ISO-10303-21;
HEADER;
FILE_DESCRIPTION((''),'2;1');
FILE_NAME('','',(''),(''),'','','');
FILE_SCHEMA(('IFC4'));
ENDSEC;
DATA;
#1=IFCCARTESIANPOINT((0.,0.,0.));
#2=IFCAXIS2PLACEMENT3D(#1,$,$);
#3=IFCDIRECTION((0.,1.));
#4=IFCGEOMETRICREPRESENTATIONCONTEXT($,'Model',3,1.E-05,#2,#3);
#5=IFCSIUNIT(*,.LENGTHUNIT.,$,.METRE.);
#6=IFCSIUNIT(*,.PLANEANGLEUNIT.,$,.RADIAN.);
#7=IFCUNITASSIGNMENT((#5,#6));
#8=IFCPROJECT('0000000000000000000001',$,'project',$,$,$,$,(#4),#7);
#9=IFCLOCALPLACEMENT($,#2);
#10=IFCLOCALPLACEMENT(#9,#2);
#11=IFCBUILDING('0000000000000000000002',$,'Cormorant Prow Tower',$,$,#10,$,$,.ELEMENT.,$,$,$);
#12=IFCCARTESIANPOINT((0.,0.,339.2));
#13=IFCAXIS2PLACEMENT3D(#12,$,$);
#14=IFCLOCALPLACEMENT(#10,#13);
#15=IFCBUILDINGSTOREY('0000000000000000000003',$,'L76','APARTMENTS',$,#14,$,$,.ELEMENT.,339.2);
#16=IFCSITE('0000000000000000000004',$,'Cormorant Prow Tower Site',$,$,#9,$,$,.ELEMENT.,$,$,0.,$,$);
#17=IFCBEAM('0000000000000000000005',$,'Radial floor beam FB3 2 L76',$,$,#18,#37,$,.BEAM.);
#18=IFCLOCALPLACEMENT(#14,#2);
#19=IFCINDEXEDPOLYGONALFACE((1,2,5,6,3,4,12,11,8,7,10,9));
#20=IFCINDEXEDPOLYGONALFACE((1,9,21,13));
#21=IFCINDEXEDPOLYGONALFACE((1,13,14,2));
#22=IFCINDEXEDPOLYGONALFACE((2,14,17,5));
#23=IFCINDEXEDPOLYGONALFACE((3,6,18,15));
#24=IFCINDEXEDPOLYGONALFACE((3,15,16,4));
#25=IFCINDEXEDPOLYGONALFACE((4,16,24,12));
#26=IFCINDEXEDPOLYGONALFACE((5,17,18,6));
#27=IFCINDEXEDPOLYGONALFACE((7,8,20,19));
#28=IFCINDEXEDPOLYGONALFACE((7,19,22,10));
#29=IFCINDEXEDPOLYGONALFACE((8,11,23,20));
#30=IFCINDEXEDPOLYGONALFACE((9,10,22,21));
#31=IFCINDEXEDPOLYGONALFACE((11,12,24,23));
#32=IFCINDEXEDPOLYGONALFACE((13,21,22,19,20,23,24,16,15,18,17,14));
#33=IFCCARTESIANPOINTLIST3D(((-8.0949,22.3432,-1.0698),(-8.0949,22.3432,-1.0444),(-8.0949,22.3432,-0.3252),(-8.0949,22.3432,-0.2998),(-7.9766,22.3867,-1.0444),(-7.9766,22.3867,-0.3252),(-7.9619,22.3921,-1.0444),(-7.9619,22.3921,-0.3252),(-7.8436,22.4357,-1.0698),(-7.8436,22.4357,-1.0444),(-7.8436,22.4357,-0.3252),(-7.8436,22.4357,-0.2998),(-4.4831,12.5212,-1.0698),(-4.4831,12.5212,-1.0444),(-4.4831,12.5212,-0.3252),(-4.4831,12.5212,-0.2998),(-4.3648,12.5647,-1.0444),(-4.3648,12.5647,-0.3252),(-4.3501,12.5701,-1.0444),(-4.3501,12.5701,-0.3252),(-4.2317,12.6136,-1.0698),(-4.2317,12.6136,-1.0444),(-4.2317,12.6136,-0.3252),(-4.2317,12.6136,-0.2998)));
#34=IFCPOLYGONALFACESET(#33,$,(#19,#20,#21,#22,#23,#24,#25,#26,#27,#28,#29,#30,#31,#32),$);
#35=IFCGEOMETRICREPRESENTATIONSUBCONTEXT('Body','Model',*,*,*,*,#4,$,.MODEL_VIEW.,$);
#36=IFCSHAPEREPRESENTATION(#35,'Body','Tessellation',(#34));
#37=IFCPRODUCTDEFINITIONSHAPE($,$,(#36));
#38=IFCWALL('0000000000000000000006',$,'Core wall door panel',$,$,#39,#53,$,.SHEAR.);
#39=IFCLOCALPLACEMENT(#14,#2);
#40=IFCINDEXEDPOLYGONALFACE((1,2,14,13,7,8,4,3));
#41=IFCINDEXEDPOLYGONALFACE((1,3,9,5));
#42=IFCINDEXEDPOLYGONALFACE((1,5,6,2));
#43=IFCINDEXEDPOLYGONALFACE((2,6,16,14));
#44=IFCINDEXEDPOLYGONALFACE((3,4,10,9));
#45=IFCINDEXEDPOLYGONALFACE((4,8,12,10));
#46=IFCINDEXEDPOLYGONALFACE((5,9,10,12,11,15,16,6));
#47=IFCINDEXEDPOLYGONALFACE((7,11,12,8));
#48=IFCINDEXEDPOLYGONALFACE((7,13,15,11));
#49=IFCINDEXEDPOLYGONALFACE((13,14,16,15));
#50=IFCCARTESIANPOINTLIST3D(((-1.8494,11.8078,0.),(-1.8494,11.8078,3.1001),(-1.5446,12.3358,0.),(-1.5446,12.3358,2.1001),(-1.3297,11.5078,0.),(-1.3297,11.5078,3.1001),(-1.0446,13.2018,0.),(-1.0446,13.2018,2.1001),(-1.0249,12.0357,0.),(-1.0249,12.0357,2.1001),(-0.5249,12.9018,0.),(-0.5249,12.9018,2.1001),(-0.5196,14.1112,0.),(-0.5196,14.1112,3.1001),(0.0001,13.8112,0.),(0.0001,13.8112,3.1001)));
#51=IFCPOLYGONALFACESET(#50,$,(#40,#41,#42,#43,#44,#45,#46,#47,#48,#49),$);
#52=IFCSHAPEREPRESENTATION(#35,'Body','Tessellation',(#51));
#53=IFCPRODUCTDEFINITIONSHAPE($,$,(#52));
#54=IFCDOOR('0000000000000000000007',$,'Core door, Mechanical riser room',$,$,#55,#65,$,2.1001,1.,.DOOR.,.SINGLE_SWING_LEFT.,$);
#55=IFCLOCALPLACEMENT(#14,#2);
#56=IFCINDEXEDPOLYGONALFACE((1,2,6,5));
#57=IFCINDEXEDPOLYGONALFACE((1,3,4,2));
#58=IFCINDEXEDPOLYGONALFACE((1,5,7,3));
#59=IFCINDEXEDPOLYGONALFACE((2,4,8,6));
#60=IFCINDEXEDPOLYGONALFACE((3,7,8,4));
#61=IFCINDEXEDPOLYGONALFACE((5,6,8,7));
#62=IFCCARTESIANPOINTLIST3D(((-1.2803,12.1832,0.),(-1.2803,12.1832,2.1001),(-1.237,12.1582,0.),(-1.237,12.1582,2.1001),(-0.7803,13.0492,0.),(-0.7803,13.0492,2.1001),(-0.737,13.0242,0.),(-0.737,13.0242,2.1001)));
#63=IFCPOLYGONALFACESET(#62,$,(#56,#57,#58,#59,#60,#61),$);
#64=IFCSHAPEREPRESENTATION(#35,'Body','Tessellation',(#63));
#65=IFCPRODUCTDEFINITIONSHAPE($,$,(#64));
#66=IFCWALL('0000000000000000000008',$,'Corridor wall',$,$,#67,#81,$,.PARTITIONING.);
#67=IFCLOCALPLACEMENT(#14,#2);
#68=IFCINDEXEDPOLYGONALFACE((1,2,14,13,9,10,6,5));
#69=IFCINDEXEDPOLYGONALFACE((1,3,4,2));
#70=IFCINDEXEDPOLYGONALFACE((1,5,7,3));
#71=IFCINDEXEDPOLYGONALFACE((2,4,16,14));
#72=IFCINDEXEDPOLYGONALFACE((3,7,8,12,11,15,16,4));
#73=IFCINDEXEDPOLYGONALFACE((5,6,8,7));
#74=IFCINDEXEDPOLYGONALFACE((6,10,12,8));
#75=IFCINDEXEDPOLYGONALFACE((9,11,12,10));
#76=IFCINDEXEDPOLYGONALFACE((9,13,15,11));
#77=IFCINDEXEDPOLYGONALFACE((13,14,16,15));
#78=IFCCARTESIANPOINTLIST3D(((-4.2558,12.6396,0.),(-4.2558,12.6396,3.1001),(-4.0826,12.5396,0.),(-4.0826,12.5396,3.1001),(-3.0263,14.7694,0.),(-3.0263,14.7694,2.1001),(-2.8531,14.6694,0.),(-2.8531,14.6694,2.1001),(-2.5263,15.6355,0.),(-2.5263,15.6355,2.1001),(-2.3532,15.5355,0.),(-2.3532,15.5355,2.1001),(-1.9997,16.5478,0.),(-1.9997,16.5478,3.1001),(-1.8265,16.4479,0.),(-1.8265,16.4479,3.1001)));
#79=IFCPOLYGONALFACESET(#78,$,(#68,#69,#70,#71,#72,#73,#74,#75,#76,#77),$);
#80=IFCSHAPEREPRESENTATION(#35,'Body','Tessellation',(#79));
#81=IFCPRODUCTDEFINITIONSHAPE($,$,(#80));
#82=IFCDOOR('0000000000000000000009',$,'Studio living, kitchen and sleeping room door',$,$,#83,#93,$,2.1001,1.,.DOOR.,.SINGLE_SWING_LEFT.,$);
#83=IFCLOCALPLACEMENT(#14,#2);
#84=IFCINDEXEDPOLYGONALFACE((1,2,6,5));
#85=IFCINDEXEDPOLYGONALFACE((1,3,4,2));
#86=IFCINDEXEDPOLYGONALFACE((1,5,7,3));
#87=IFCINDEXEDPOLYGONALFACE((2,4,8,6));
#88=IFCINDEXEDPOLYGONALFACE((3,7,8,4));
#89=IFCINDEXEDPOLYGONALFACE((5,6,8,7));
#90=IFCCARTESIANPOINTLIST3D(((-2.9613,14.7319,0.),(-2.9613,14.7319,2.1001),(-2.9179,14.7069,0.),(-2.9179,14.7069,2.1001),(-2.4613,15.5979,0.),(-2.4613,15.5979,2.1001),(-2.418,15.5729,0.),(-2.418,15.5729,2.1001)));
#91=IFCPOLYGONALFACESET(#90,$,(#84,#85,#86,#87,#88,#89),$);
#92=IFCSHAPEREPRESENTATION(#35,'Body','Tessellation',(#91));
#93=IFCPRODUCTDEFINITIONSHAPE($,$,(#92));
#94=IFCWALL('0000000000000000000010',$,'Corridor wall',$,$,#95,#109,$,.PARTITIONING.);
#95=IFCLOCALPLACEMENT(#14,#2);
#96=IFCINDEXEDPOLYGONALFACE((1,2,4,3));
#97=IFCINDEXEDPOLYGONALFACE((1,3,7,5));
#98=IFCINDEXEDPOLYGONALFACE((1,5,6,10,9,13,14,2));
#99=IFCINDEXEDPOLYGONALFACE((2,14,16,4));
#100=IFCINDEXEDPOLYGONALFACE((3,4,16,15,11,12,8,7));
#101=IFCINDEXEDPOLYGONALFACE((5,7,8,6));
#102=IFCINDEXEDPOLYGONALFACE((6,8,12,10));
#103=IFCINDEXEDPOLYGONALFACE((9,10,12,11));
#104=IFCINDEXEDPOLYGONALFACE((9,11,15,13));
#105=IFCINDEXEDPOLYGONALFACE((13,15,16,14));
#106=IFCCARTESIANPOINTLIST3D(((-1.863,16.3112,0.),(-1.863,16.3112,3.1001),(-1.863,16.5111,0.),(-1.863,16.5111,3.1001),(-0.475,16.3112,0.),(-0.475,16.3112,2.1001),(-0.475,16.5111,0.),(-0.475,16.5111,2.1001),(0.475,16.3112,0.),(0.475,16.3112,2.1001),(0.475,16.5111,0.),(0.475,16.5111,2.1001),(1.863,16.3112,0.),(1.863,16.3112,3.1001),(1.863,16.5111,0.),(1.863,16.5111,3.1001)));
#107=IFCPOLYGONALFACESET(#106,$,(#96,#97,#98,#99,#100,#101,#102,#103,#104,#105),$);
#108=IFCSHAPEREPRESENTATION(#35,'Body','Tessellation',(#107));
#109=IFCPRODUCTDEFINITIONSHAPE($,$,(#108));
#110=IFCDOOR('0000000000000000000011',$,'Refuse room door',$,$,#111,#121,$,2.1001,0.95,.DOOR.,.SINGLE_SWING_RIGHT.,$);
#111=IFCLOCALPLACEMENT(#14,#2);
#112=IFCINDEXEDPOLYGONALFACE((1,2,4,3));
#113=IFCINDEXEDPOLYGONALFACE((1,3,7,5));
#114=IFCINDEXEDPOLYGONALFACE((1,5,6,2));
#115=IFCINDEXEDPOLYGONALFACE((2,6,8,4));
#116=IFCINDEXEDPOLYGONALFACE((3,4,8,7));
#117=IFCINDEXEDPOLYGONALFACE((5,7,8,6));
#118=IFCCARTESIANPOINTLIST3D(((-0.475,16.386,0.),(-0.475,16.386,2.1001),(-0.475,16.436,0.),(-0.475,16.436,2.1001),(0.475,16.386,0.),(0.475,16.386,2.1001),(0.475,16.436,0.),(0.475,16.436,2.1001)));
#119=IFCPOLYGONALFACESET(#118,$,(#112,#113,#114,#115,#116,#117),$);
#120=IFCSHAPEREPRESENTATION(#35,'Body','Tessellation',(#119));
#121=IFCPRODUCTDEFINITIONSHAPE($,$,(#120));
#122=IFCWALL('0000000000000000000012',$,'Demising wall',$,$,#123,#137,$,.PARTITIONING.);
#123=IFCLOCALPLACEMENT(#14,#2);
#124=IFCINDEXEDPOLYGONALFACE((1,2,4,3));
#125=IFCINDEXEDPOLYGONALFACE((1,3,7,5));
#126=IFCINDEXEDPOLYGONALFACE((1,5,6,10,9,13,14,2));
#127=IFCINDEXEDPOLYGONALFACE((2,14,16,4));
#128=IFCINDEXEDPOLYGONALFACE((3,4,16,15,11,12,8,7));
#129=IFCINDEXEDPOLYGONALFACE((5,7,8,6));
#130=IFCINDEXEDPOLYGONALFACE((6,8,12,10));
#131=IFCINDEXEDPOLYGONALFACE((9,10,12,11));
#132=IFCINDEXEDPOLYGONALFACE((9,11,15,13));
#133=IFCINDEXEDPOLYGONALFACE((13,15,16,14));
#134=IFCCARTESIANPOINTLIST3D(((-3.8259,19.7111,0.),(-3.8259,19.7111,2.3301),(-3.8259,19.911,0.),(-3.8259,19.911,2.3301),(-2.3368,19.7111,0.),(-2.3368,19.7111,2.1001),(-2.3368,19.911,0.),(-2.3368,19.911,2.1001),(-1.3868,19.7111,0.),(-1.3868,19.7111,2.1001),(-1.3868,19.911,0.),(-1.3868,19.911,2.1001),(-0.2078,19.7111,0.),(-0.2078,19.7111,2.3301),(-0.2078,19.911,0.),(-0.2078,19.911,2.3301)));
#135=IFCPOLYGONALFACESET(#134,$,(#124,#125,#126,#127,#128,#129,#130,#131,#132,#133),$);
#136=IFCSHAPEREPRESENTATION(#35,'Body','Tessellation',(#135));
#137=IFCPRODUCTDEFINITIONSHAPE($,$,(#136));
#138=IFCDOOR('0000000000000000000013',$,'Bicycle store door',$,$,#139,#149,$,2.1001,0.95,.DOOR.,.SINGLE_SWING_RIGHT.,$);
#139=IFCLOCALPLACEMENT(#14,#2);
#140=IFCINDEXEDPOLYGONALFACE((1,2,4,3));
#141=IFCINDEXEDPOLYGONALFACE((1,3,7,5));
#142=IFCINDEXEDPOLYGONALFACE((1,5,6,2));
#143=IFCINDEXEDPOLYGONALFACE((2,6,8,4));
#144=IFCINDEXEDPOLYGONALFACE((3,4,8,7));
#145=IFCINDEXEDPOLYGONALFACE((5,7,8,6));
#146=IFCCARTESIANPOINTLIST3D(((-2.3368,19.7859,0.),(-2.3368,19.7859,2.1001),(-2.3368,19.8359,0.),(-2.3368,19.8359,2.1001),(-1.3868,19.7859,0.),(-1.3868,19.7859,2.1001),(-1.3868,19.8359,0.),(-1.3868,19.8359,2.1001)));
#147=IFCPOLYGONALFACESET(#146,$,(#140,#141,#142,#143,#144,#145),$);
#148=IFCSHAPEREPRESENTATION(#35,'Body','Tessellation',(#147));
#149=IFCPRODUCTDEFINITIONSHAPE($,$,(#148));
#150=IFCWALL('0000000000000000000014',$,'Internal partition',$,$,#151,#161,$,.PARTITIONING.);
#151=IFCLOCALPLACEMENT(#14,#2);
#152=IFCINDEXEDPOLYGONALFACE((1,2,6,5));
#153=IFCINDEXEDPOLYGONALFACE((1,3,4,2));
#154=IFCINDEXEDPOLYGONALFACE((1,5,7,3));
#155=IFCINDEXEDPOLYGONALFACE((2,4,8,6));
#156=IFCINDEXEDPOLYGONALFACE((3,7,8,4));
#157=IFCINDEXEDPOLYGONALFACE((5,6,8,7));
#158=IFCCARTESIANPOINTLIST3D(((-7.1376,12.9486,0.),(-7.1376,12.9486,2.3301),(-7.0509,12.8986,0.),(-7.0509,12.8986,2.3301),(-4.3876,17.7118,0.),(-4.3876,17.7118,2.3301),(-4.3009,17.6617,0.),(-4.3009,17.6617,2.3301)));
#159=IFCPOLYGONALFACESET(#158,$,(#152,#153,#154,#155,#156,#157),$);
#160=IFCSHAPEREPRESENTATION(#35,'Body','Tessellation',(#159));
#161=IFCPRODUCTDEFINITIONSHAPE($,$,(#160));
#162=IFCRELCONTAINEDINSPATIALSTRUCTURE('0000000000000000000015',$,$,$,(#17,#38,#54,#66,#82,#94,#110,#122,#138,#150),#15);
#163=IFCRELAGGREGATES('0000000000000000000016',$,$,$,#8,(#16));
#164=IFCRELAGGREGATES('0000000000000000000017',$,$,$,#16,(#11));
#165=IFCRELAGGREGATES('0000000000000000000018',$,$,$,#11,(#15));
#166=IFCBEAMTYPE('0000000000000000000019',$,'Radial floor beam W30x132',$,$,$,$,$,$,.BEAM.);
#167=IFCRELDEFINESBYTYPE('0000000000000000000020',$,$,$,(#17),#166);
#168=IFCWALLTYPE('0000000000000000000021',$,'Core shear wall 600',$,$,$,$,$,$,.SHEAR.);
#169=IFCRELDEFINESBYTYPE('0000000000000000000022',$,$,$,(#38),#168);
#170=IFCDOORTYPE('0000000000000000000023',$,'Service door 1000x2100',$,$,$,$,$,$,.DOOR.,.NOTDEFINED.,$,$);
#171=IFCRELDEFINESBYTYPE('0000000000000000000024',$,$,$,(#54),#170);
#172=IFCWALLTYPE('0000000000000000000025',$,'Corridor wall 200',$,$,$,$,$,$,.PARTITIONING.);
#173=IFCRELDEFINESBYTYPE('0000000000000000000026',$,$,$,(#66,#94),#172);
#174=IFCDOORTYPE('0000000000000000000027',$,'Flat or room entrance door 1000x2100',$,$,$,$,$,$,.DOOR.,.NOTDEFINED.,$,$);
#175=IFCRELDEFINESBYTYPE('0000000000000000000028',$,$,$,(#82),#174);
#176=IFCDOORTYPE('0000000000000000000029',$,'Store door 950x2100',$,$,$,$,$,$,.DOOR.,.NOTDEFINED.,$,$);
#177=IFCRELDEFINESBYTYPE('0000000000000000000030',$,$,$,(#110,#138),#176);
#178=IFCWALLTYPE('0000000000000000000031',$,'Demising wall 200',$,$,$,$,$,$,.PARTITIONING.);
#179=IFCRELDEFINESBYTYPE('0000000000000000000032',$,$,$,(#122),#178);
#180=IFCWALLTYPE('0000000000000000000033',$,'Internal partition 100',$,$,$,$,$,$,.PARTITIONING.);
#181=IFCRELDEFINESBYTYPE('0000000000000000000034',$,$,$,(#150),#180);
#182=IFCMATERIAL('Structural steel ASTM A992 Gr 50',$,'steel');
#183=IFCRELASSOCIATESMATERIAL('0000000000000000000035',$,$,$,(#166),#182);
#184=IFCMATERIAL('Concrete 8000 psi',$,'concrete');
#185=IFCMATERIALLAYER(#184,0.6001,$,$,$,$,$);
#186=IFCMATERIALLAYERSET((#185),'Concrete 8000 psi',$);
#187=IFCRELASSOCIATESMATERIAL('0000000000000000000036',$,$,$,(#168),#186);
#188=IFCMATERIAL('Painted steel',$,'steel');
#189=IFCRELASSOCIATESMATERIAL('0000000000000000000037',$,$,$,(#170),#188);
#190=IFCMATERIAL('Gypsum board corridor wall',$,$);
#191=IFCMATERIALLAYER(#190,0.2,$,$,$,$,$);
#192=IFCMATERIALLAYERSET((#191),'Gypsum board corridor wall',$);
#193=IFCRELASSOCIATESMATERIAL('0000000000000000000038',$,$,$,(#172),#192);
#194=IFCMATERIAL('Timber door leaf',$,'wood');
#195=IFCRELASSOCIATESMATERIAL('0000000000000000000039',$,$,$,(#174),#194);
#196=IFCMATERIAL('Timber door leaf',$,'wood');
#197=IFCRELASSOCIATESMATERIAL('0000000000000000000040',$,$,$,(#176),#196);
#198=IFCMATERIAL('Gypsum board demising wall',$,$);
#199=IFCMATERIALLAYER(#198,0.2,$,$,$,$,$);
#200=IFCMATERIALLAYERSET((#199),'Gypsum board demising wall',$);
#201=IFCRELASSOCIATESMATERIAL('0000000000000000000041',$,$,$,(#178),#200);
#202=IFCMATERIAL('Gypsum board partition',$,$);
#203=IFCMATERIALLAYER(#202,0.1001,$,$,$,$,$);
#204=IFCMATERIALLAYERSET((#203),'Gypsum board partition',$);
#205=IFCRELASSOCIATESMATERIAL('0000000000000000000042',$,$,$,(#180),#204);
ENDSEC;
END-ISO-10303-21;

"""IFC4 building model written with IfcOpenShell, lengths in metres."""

from ifc_helpers import new_model, si_unit, direction, frame, frame_2d, origin, origin_2d, place, context, subcontext, project, spatial, rectangle, i_section, extrude, material, layer, layer_set, material_profile, profile_set, type_object, element, fill, save


model = new_model("IFC4")

# Units and contexts
model_context = context("Model", 3, precision=1e-05, world=origin(), true_north=direction((0.0, 1.0)))
body_context = subcontext(model_context, "Body", "Model", "MODEL_VIEW")
ifc_project = project(units=[si_unit("LENGTHUNIT", "METRE"), si_unit("PLANEANGLEUNIT", "RADIAN")], contexts=[model_context])

# Site, building, storey
site_placement = place(None, origin())
site = spatial("IfcSite", under=ifc_project, at=site_placement, Name="Cormorant Prow Tower Site", CompositionType="ELEMENT", RefElevation=0.0)
building_placement = place(site_placement, origin())
building = spatial("IfcBuilding", under=site, at=building_placement, Name="Cormorant Prow Tower", CompositionType="ELEMENT")
storey_placement = place(building_placement, frame((0.0, 0.0, 339.2)))
storey = spatial("IfcBuildingStorey", under=building, at=storey_placement, Name="L76", Description="APARTMENTS", CompositionType="ELEMENT", Elevation=339.2)

# Beam
ifc_material_1 = material(Name="Structural steel ASTM A992 Gr 50", Category="steel")
ifc_material_profile = material_profile(ifc_material_1, i_section(OverallWidth=0.2678, OverallDepth=0.77, WebThickness=0.0156, FlangeThickness=0.0254, at=origin_2d()), Name="W30x132")
ifc_profile_set = profile_set([ifc_material_profile], Name="Structural steel ASTM A992 Gr 50")
beam_type = type_object("IfcBeamType", Name="Radial floor beam W30x132", PredefinedType="BEAM", material=ifc_profile_set)
beam_placement = place(storey_placement, frame((-4.3574, 12.5674, -0.6848), z_axis=(-0.345131, 0.938554, 0.0), x_axis=(-0.938554, -0.345131, 0.0)))
element("IfcBeam", 1, at=beam_placement, inside=storey, type_object=beam_type, Name="Radial floor beam FB3 2 L76", PredefinedType="BEAM", context=body_context, shape_type="SweptSolid", body=[
    extrude(i_section(OverallWidth=0.2678, OverallDepth=0.77, WebThickness=0.0156, FlangeThickness=0.0254, at=origin_2d()), origin(), (0.0, 0.0, 1.0), 10.4651),
])

# Walls, openings, doors
ifc_material_2 = material(Name="Concrete 8000 psi", Category="concrete")
ifc_layer_1 = layer(ifc_material_2, 0.6001)
ifc_layer_set_1 = layer_set([ifc_layer_1], Name="Concrete 8000 psi")
wall_type_1 = type_object("IfcWallType", Name="Core shear wall 600", PredefinedType="SHEAR", material=ifc_layer_set_1)
wall_1_placement = place(storey_placement, frame((-0.2598, 13.9612, 0.0), z_axis=(0.0, 0.0, 1.0), x_axis=(-0.499979, -0.866037, 0.0)))
wall_1 = element("IfcWall", 2, at=wall_1_placement, inside=storey, type_object=wall_type_1, Name="Core wall door panel", PredefinedType="SHEAR", context=body_context, shape_type="SweptSolid", body=[
    extrude(rectangle(XDim=2.6597, YDim=0.6001, at=frame_2d((1.3298, 0.0))), origin(), (0.0, 0.0, 1.0), 3.1001),
])
opening_1_placement = place(wall_1_placement, frame((1.05, 0.0, 0.0)))
opening_1 = element("IfcOpeningElement", 3, at=opening_1_placement, cuts=wall_1, PredefinedType="OPENING", context=body_context, shape_type="SweptSolid", body=[
    extrude(rectangle(XDim=1.0, YDim=2.1001, at=frame_2d((0.5, 1.05))), frame((0.0, 0.3101, 0.0), z_axis=(0.0, -1.0, 0.0), x_axis=(1.0, 0.0, 0.0)), (0.0, 0.0, 1.0), 0.6201),
])
ifc_material_3 = material(Name="Painted steel", Category="steel")
door_type_1 = type_object("IfcDoorType", Name="Service door 1000x2100", OperationType="NOTDEFINED", PredefinedType="DOOR", material=ifc_material_3)
door_1_placement = place(opening_1_placement, origin())
door_1 = element("IfcDoor", 4, at=door_1_placement, inside=storey, type_object=door_type_1, Name="Core door, Mechanical riser room", OperationType="SINGLE_SWING_LEFT", OverallHeight=2.1001, OverallWidth=1.0, PredefinedType="DOOR", context=body_context, shape_type="SweptSolid", body=[
    extrude(rectangle(XDim=1.0, YDim=2.1001, at=frame_2d((0.5, 1.05))), frame((0.0, 0.0552, 0.0), z_axis=(0.0, -1.0, 0.0), x_axis=(1.0, 0.0, 0.0)), (0.0, 0.0, 1.0), 0.05),
])
fill(opening_1, door_1)
ifc_material_4 = material(Name="Gypsum board corridor wall")
ifc_layer_2 = layer(ifc_material_4, 0.2)
ifc_layer_set_2 = layer_set([ifc_layer_2], Name="Gypsum board corridor wall")
wall_type_2 = type_object("IfcWallType", Name="Corridor wall 200", PredefinedType="PARTITIONING", material=ifc_layer_set_2)
wall_2_placement = place(storey_placement, frame((-4.1692, 12.5896, 0.0), z_axis=(0.0, 0.0, 1.0), x_axis=(0.49995, 0.866054, 0.0)))
wall_2 = element("IfcWall", 5, at=wall_2_placement, inside=storey, type_object=wall_type_2, Name="Corridor wall", PredefinedType="PARTITIONING", context=body_context, shape_type="SweptSolid", body=[
    extrude(rectangle(XDim=4.5127, YDim=0.2, at=frame_2d((2.2563, 0.0))), origin(), (0.0, 0.0, 1.0), 3.1001),
])
opening_2_placement = place(wall_2_placement, frame((2.4592, 0.0, 0.0)))
opening_2 = element("IfcOpeningElement", 6, at=opening_2_placement, cuts=wall_2, PredefinedType="OPENING", context=body_context, shape_type="SweptSolid", body=[
    extrude(rectangle(XDim=1.0, YDim=2.1001, at=frame_2d((0.5, 1.05))), frame((0.0, 0.1099, 0.0), z_axis=(0.0, -1.0, 0.0), x_axis=(1.0, 0.0, 0.0)), (0.0, 0.0, 1.0), 0.22),
])
ifc_material_5 = material(Name="Timber door leaf", Category="wood")
door_type_2 = type_object("IfcDoorType", Name="Flat or room entrance door 1000x2100", OperationType="NOTDEFINED", PredefinedType="DOOR", material=ifc_material_5)
door_2_placement = place(opening_2_placement, origin())
door_2 = element("IfcDoor", 7, at=door_2_placement, inside=storey, type_object=door_type_2, Name="Studio living, kitchen and sleeping room door", OperationType="SINGLE_SWING_LEFT", OverallHeight=2.1001, OverallWidth=1.0, PredefinedType="DOOR", context=body_context, shape_type="SweptSolid", body=[
    extrude(rectangle(XDim=1.0, YDim=2.1001, at=frame_2d((0.5, 1.05))), frame((0.0, 0.0249, 0.0), z_axis=(0.0, -1.0, 0.0), x_axis=(1.0, 0.0, 0.0)), (0.0, 0.0, 1.0), 0.05),
])
fill(opening_2, door_2)
wall_3_placement = place(storey_placement, frame((-1.863, 16.4111, 0.0), z_axis=(0.0, 0.0, 1.0), x_axis=(1.0, 0.0, 0.0)))
wall_3 = element("IfcWall", 8, at=wall_3_placement, inside=storey, type_object=wall_type_2, Name="Corridor wall", PredefinedType="PARTITIONING", context=body_context, shape_type="SweptSolid", body=[
    extrude(rectangle(XDim=3.7261, YDim=0.2, at=frame_2d((1.863, 0.0))), origin(), (0.0, 0.0, 1.0), 3.1001),
])
opening_3_placement = place(wall_3_placement, frame((1.3879, 0.0, 0.0)))
opening_3 = element("IfcOpeningElement", 9, at=opening_3_placement, cuts=wall_3, PredefinedType="OPENING", context=body_context, shape_type="SweptSolid", body=[
    extrude(rectangle(XDim=0.95, YDim=2.1001, at=frame_2d((0.4751, 1.05))), frame((0.0, 0.1099, 0.0), z_axis=(0.0, -1.0, 0.0), x_axis=(1.0, 0.0, 0.0)), (0.0, 0.0, 1.0), 0.22),
])
ifc_material_6 = material(Name="Timber door leaf", Category="wood")
door_type_3 = type_object("IfcDoorType", Name="Store door 950x2100", OperationType="NOTDEFINED", PredefinedType="DOOR", material=ifc_material_6)
door_3_placement = place(opening_3_placement, origin())
door_3 = element("IfcDoor", 10, at=door_3_placement, inside=storey, type_object=door_type_3, Name="Refuse room door", OperationType="SINGLE_SWING_RIGHT", OverallHeight=2.1001, OverallWidth=0.95, PredefinedType="DOOR", context=body_context, shape_type="SweptSolid", body=[
    extrude(rectangle(XDim=0.95, YDim=2.1001, at=frame_2d((0.4751, 1.05))), frame((0.0, 0.0249, 0.0), z_axis=(0.0, -1.0, 0.0), x_axis=(1.0, 0.0, 0.0)), (0.0, 0.0, 1.0), 0.05),
])
fill(opening_3, door_3)
ifc_material_7 = material(Name="Gypsum board demising wall")
ifc_layer_3 = layer(ifc_material_7, 0.2)
ifc_layer_set_3 = layer_set([ifc_layer_3], Name="Gypsum board demising wall")
wall_type_3 = type_object("IfcWallType", Name="Demising wall 200", PredefinedType="PARTITIONING", material=ifc_layer_set_3)
wall_4_placement = place(storey_placement, frame((-3.8259, 19.811, 0.0), z_axis=(0.0, 0.0, 1.0), x_axis=(1.0, 0.0, 0.0)))
wall_4 = element("IfcWall", 11, at=wall_4_placement, inside=storey, type_object=wall_type_3, Name="Demising wall", PredefinedType="PARTITIONING", context=body_context, shape_type="SweptSolid", body=[
    extrude(rectangle(XDim=3.6182, YDim=0.2, at=frame_2d((1.8091, 0.0))), origin(), (0.0, 0.0, 1.0), 2.3301),
])
opening_4_placement = place(wall_4_placement, frame((1.489, 0.0, 0.0)))
opening_4 = element("IfcOpeningElement", 12, at=opening_4_placement, cuts=wall_4, PredefinedType="OPENING", context=body_context, shape_type="SweptSolid", body=[
    extrude(rectangle(XDim=0.95, YDim=2.1001, at=frame_2d((0.4751, 1.05))), frame((0.0, 0.1099, 0.0), z_axis=(0.0, -1.0, 0.0), x_axis=(1.0, 0.0, 0.0)), (0.0, 0.0, 1.0), 0.22),
])
door_4_placement = place(opening_4_placement, origin())
door_4 = element("IfcDoor", 13, at=door_4_placement, inside=storey, type_object=door_type_3, Name="Bicycle store door", OperationType="SINGLE_SWING_RIGHT", OverallHeight=2.1001, OverallWidth=0.95, PredefinedType="DOOR", context=body_context, shape_type="SweptSolid", body=[
    extrude(rectangle(XDim=0.95, YDim=2.1001, at=frame_2d((0.4751, 1.05))), frame((0.0, 0.0249, 0.0), z_axis=(0.0, -1.0, 0.0), x_axis=(1.0, 0.0, 0.0)), (0.0, 0.0, 1.0), 0.05),
])
fill(opening_4, door_4)

# Wall
ifc_material_8 = material(Name="Gypsum board partition")
ifc_layer_4 = layer(ifc_material_8, 0.1001)
ifc_layer_set_4 = layer_set([ifc_layer_4], Name="Gypsum board partition")
wall_type_4 = type_object("IfcWallType", Name="Internal partition 100", PredefinedType="PARTITIONING", material=ifc_layer_set_4)
wall_5_placement = place(storey_placement, frame((-7.0942, 12.9236, 0.0), z_axis=(0.0, 0.0, 1.0), x_axis=(0.499997, 0.866027, 0.0)))
element("IfcWall", 14, at=wall_5_placement, inside=storey, type_object=wall_type_4, Name="Internal partition", PredefinedType="PARTITIONING", context=body_context, shape_type="SweptSolid", body=[
    extrude(rectangle(XDim=5.5, YDim=0.1001, at=frame_2d((2.75, 0.0))), origin(), (0.0, 0.0, 1.0), 2.3301),
])

save(model, "model.ifc")
